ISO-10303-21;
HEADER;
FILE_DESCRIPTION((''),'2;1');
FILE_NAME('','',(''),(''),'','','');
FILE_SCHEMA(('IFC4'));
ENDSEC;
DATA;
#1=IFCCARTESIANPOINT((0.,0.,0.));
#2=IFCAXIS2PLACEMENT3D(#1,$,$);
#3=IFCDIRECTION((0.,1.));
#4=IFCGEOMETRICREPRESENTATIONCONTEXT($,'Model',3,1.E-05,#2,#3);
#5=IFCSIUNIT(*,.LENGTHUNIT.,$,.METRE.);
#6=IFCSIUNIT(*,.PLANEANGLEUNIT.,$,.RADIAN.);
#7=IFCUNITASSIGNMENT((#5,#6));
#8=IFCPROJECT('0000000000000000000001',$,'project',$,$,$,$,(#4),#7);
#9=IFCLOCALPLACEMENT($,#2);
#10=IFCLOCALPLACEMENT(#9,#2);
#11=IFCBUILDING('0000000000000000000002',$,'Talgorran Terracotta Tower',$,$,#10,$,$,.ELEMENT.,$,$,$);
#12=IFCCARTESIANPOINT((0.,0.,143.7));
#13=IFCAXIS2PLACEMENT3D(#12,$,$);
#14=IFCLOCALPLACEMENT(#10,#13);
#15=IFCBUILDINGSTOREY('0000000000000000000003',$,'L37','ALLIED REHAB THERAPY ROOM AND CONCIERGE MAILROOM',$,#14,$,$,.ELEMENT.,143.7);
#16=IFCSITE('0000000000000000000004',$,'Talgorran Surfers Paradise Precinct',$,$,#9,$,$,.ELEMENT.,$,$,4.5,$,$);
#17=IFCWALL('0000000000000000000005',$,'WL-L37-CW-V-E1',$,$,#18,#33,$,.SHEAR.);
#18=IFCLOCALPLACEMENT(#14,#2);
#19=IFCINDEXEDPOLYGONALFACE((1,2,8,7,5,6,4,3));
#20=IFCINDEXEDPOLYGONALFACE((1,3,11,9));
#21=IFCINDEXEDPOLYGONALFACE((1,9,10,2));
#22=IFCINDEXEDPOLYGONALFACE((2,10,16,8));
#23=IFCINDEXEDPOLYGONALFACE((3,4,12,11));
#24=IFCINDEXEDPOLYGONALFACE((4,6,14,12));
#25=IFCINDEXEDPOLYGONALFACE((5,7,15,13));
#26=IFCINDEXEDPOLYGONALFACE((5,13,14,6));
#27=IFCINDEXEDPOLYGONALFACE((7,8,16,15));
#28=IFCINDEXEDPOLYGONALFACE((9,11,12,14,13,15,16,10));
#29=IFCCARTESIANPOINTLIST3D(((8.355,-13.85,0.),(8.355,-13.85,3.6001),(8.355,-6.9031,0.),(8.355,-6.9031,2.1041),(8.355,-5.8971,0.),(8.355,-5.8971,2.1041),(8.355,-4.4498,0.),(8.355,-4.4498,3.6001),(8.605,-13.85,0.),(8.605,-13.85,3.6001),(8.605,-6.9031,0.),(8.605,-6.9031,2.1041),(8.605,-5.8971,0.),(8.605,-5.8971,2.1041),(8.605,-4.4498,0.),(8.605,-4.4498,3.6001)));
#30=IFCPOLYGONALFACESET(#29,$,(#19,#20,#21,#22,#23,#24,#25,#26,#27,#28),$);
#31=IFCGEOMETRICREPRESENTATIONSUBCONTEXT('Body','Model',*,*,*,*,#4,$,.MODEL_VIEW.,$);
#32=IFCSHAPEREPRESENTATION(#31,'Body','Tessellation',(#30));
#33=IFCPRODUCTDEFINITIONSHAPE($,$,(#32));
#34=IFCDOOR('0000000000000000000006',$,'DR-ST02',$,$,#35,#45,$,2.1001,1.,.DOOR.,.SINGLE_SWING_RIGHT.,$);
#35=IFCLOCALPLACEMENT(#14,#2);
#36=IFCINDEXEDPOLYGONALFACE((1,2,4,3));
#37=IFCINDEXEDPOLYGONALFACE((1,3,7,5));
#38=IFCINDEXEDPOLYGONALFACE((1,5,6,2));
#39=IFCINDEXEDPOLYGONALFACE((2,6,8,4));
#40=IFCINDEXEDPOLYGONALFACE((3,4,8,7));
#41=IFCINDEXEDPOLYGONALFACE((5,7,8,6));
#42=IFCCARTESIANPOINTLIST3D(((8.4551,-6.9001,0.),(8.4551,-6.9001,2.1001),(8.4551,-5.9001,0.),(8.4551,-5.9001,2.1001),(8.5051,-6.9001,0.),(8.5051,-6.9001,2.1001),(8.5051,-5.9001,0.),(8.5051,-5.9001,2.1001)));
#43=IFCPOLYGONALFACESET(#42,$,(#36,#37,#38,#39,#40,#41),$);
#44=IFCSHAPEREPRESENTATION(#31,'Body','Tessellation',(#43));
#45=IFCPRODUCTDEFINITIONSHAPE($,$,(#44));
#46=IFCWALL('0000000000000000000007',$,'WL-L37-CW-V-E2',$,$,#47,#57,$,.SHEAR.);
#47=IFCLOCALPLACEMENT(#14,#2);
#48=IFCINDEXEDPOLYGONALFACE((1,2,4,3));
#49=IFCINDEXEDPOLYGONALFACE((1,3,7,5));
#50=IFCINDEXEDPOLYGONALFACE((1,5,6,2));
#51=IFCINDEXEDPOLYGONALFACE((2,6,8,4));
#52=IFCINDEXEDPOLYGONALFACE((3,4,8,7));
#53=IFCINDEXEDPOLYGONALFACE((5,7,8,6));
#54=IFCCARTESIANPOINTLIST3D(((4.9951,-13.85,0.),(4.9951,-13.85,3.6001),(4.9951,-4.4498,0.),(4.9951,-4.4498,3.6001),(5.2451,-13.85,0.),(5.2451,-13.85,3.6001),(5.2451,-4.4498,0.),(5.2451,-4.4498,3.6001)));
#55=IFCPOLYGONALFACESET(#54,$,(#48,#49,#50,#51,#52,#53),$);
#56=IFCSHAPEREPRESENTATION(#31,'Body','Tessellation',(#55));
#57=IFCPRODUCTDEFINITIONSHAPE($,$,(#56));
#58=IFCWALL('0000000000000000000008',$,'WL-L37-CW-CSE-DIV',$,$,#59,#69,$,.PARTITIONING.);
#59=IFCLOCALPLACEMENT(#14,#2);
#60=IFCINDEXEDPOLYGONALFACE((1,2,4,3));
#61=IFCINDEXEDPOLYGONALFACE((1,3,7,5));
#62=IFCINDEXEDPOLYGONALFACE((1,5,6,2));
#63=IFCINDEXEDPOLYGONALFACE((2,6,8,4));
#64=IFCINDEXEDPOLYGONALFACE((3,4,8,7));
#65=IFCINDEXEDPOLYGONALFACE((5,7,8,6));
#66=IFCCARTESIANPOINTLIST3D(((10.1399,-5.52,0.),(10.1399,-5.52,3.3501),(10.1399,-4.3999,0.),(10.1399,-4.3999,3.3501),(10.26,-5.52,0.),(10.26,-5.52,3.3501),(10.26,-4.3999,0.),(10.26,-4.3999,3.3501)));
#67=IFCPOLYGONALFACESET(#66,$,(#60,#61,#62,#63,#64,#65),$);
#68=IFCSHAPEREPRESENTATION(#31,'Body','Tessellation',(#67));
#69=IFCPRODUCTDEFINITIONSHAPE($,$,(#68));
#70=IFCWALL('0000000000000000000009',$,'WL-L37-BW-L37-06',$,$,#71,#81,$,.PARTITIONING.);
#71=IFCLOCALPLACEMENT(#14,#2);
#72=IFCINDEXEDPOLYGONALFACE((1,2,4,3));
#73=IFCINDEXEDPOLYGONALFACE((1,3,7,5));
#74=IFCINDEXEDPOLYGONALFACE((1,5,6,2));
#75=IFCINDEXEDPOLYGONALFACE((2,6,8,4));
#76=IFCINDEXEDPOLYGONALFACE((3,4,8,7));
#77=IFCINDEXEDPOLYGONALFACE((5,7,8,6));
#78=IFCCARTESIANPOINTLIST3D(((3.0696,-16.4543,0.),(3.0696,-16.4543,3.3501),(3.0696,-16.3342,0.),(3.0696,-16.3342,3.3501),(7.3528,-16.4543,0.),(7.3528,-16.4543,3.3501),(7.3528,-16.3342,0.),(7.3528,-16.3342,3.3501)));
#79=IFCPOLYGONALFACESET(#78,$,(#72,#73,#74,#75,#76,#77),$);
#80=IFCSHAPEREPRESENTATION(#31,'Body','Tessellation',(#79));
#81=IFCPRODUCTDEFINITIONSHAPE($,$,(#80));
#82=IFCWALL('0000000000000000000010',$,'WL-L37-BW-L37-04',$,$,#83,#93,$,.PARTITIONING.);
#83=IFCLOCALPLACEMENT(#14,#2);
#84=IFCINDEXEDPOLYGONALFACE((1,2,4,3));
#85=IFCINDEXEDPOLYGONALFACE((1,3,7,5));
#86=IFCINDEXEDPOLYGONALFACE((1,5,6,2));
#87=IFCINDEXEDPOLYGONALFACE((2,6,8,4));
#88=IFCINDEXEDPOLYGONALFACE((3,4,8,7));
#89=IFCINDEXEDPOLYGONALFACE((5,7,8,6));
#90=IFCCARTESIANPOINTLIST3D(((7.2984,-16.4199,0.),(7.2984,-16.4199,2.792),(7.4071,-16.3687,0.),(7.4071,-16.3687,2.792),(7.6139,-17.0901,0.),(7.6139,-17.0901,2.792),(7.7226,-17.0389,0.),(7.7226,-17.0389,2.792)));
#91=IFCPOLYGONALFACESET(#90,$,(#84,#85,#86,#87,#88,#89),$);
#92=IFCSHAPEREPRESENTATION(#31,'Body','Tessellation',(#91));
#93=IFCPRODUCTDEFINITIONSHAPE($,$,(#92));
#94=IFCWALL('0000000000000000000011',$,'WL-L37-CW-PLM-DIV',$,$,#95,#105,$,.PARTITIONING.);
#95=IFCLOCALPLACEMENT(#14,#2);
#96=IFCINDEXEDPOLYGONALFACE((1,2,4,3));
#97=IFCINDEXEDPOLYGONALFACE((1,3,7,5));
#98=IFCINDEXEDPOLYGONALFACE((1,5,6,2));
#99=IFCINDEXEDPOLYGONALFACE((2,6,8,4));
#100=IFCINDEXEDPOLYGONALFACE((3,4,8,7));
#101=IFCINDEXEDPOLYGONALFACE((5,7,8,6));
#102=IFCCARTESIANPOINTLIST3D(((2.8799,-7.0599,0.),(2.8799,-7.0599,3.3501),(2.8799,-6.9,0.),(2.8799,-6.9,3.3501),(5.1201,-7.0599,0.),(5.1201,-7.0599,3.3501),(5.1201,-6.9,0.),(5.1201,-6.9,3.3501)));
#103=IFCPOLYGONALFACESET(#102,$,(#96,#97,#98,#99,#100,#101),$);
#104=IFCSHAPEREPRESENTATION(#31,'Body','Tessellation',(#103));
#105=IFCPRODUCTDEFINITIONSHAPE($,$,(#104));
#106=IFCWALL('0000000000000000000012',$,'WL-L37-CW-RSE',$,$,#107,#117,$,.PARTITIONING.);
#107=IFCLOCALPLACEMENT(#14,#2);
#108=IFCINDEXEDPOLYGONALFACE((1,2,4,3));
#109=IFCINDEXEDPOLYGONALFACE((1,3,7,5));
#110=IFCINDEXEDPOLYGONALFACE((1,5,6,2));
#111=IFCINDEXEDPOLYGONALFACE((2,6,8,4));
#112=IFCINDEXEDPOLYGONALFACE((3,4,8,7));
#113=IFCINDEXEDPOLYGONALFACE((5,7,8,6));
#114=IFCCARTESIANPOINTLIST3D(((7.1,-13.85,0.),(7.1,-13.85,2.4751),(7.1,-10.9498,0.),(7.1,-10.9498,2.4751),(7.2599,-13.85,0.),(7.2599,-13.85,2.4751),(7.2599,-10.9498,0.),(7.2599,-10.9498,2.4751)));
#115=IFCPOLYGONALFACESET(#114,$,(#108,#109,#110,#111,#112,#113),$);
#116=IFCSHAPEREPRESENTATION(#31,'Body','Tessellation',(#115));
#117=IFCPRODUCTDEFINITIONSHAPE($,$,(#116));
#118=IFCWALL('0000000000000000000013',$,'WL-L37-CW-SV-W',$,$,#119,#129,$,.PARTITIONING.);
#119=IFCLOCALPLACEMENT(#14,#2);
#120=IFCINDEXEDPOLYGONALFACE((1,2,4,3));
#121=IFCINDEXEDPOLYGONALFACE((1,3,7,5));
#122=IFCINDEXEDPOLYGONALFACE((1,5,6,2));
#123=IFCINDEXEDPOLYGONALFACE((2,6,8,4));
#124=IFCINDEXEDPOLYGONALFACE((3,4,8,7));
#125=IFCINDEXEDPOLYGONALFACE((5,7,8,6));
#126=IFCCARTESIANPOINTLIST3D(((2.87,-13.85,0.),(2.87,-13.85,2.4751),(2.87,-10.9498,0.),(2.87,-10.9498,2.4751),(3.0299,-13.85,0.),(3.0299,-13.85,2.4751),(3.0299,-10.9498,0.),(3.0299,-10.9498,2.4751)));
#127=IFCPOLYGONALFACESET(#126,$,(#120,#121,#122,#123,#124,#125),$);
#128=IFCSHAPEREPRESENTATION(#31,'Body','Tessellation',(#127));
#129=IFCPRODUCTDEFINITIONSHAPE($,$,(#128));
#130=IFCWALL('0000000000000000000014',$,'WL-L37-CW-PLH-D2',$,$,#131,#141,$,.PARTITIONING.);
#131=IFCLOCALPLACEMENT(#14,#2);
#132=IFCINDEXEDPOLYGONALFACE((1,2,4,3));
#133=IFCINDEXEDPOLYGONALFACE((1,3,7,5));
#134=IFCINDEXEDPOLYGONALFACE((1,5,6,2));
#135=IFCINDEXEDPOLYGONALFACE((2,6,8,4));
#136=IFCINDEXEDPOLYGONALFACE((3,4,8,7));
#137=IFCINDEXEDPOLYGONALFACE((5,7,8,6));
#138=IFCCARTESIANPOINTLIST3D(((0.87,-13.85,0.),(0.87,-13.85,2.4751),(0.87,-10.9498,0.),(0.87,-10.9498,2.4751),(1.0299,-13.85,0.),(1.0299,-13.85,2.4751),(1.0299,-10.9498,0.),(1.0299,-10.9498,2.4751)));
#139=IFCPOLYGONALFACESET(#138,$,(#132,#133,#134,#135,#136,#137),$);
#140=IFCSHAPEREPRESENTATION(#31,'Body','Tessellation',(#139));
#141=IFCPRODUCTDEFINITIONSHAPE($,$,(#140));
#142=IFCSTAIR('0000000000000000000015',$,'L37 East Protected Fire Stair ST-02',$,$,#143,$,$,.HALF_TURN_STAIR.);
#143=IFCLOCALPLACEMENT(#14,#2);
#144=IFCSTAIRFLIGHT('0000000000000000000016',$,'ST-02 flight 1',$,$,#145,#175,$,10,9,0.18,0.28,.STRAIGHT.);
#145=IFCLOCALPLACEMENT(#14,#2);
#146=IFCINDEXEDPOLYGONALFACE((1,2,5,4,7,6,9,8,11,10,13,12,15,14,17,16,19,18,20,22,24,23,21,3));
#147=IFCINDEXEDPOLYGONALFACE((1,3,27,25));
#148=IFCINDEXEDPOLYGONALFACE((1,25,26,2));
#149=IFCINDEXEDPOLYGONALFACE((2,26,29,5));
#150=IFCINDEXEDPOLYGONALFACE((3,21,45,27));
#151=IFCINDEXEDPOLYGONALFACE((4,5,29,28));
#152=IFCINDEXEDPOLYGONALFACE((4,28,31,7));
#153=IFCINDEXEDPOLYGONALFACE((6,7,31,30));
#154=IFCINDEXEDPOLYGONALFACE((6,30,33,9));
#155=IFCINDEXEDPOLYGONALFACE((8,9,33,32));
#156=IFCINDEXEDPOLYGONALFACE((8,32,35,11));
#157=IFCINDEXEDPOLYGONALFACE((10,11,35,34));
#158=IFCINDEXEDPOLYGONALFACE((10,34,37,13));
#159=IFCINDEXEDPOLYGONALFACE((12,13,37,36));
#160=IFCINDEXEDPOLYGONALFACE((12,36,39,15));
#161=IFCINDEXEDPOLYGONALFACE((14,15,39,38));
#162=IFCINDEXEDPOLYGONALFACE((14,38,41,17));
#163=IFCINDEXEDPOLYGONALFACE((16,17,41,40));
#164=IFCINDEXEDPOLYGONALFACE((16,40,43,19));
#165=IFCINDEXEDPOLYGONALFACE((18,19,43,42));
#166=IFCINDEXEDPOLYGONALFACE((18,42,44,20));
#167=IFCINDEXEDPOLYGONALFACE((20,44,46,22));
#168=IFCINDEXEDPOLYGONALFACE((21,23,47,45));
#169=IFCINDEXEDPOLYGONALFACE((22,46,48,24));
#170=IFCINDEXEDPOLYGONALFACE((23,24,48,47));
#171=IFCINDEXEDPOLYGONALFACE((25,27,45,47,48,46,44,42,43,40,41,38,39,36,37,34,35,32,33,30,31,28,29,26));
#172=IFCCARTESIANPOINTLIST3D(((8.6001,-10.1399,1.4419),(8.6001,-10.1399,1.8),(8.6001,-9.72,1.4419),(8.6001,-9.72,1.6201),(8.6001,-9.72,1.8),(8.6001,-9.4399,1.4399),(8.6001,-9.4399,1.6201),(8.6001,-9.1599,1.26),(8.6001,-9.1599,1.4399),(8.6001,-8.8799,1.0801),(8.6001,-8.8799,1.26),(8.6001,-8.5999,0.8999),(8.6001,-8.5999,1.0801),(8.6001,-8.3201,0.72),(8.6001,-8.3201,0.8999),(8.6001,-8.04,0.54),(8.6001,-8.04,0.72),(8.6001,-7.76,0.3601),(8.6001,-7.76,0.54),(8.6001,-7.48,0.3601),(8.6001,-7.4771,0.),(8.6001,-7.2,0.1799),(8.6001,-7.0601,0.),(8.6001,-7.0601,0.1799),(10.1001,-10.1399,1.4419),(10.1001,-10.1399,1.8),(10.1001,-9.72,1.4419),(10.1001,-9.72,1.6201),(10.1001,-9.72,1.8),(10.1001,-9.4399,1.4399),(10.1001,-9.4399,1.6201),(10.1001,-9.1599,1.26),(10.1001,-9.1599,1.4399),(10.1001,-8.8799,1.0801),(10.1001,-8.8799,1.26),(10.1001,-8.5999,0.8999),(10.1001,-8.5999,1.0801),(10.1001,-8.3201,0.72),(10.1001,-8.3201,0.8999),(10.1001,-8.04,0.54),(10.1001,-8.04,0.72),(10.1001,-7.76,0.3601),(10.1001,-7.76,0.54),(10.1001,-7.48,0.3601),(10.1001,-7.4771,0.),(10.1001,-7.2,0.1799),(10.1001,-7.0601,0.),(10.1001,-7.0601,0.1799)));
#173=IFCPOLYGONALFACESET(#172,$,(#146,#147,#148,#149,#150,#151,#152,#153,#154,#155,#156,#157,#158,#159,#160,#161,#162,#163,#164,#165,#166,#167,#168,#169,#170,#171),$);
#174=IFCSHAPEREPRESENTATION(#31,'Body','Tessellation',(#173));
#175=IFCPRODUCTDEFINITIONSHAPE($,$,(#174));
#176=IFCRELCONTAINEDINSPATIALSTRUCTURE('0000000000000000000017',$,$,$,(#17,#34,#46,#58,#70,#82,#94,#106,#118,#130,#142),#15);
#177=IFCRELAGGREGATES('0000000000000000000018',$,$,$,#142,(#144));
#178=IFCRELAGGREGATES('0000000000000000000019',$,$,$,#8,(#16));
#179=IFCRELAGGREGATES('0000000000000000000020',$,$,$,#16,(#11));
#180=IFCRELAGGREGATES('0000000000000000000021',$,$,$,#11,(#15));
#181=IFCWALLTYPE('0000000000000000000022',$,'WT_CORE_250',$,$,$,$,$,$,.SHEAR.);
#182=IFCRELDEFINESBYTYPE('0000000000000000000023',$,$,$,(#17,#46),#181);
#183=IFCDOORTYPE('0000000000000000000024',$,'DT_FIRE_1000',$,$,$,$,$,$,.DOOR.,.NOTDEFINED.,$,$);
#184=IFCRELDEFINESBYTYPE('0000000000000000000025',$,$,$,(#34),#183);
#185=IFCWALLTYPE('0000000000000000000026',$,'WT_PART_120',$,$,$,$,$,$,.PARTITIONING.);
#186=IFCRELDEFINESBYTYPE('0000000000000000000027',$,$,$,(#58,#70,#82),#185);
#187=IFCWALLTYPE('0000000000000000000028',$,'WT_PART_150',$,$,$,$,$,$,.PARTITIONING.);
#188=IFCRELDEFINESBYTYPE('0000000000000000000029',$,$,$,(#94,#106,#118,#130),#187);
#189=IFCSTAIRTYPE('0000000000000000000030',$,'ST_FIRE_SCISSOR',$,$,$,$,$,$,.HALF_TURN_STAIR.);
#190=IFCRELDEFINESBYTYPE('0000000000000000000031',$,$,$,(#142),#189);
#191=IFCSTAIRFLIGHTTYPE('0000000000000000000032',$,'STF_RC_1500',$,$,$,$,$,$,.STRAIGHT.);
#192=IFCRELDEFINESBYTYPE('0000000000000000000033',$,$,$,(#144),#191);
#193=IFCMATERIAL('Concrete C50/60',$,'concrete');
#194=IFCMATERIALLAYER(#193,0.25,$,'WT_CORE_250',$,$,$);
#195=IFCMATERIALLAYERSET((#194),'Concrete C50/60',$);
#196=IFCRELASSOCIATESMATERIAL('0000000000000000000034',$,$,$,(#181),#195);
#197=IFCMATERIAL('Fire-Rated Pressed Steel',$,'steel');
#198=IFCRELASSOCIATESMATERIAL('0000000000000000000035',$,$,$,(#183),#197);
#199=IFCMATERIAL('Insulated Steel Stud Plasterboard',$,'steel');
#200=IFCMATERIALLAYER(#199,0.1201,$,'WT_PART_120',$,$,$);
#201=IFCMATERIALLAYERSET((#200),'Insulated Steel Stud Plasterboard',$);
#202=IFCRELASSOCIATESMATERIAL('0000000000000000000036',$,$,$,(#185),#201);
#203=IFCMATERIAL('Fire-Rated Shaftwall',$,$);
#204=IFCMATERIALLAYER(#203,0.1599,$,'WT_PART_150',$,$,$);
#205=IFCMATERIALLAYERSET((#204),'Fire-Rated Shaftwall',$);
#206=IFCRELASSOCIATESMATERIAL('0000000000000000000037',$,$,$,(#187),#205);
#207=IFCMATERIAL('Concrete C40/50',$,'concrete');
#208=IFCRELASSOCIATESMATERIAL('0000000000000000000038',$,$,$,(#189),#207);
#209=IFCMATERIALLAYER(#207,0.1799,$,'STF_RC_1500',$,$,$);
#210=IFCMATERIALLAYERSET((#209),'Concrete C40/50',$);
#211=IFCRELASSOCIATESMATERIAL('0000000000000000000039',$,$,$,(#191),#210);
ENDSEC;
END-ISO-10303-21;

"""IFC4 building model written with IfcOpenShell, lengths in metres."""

from ifc_helpers import new_model, si_unit, direction, frame, frame_2d, origin, place, context, subcontext, project, spatial, polyline, rectangle, outline, extrude, material, layer, layer_set, type_object, element, fill, aggregate, save


model = new_model("IFC4")

# Units and contexts
model_context = context("Model", 3, precision=1e-05, world=origin(), true_north=direction((0.0, 1.0)))
body_context = subcontext(model_context, "Body", "Model", "MODEL_VIEW")
ifc_project = project(units=[si_unit("LENGTHUNIT", "METRE"), si_unit("PLANEANGLEUNIT", "RADIAN")], contexts=[model_context])

# Site, building, storey
site_placement = place(None, origin())
site = spatial("IfcSite", under=ifc_project, at=site_placement, Name="Talgorran Surfers Paradise Precinct", CompositionType="ELEMENT", RefElevation=4.5)
building_placement = place(site_placement, origin())
building = spatial("IfcBuilding", under=site, at=building_placement, Name="Talgorran Terracotta Tower", CompositionType="ELEMENT")
storey_placement = place(building_placement, frame((0.0, 0.0, 143.7)))
storey = spatial("IfcBuildingStorey", under=building, at=storey_placement, Name="L37", Description="ALLIED REHAB THERAPY ROOM AND CONCIERGE MAILROOM", CompositionType="ELEMENT", Elevation=143.7)

# Shared definitions
ifc_material_1 = material(Name="Concrete C50/60", Category="concrete")

# Shared definitions
ifc_material_2 = material(Name="Fire-Rated Pressed Steel", Category="steel")

# Wall, opening, door
ifc_layer_1 = layer(ifc_material_1, 0.25, Name="WT_CORE_250")
ifc_layer_set_1 = layer_set([ifc_layer_1], Name="Concrete C50/60")
wall_type_1 = type_object("IfcWallType", Name="WT_CORE_250", PredefinedType="SHEAR", material=ifc_layer_set_1)
wall_1_placement = place(storey_placement, frame((8.48, -13.8501, 0.0), z_axis=(0.0, 0.0, 1.0), x_axis=(0.0, 1.0, 0.0)))
wall_1 = element("IfcWall", 1, at=wall_1_placement, inside=storey, type_object=wall_type_1, Name="WL-L37-CW-V-E1", PredefinedType="SHEAR", context=body_context, shape_type="SweptSolid", body=[
    extrude(rectangle(XDim=9.4001, YDim=0.25, at=frame_2d((4.7002, 0.0))), origin(), (0.0, 0.0, 1.0), 3.6001),
])
opening_1_placement = place(wall_1_placement, frame((6.95, 0.0, 0.0)))
opening_1 = element("IfcOpeningElement", 2, at=opening_1_placement, cuts=wall_1, PredefinedType="OPENING", context=body_context, shape_type="SweptSolid", body=[
    extrude(rectangle(XDim=1.006, YDim=2.1041, at=frame_2d((0.5, 1.052))), frame((0.0, 0.135, 0.0), z_axis=(0.0, -1.0, 0.0), x_axis=(1.0, 0.0, 0.0)), (0.0, 0.0, 1.0), 0.27),
])
door_type_1 = type_object("IfcDoorType", Name="DT_FIRE_1000", OperationType="NOTDEFINED", PredefinedType="DOOR", material=ifc_material_2)
door_1_placement = place(opening_1_placement, origin())
door_1 = element("IfcDoor", 3, at=door_1_placement, inside=storey, type_object=door_type_1, Name="DR-ST02", OperationType="SINGLE_SWING_RIGHT", OverallHeight=2.1001, OverallWidth=1.0, PredefinedType="DOOR", context=body_context, shape_type="SweptSolid", body=[
    extrude(rectangle(XDim=1.0, YDim=2.1001, at=frame_2d((0.5, 1.05))), frame((0.0, 0.0249, 0.0), z_axis=(0.0, -1.0, 0.0), x_axis=(1.0, 0.0, 0.0)), (0.0, 0.0, 1.0), 0.05),
])
fill(opening_1, door_1)

# Walls
wall_2_placement = place(storey_placement, frame((5.1201, -13.8501, 0.0), z_axis=(0.0, 0.0, 1.0), x_axis=(0.0, 1.0, 0.0)))
element("IfcWall", 4, at=wall_2_placement, inside=storey, type_object=wall_type_1, Name="WL-L37-CW-V-E2", PredefinedType="SHEAR", context=body_context, shape_type="SweptSolid", body=[
    extrude(rectangle(XDim=9.4001, YDim=0.25, at=frame_2d((4.7002, 0.0))), origin(), (0.0, 0.0, 1.0), 3.6001),
])
ifc_material_3 = material(Name="Insulated Steel Stud Plasterboard", Category="steel")
ifc_layer_2 = layer(ifc_material_3, 0.1201, Name="WT_PART_120")
ifc_layer_set_2 = layer_set([ifc_layer_2], Name="Insulated Steel Stud Plasterboard")
wall_type_2 = type_object("IfcWallType", Name="WT_PART_120", PredefinedType="PARTITIONING", material=ifc_layer_set_2)
wall_3_placement = place(storey_placement, frame((10.2, -5.52, 0.0), z_axis=(0.0, 0.0, 1.0), x_axis=(0.0, 1.0, 0.0)))
element("IfcWall", 5, at=wall_3_placement, inside=storey, type_object=wall_type_2, Name="WL-L37-CW-CSE-DIV", PredefinedType="PARTITIONING", context=body_context, shape_type="SweptSolid", body=[
    extrude(rectangle(XDim=1.1201, YDim=0.1201, at=frame_2d((0.5601, 0.0))), origin(), (0.0, 0.0, 1.0), 3.3501),
])
wall_4_placement = place(storey_placement, frame((3.0696, -16.3943, 0.0), z_axis=(0.0, 0.0, 1.0), x_axis=(1.0, 0.0, 0.0)))
element("IfcWall", 6, at=wall_4_placement, inside=storey, type_object=wall_type_2, Name="WL-L37-BW-L37-06", PredefinedType="PARTITIONING", context=body_context, shape_type="SweptSolid", body=[
    extrude(rectangle(XDim=4.2832, YDim=0.1201, at=frame_2d((2.1416, 0.0))), origin(), (0.0, 0.0, 1.0), 3.3501),
])
wall_5_placement = place(storey_placement, frame((7.3528, -16.3943, 0.0), z_axis=(0.0, 0.0, 1.0), x_axis=(0.425861, -0.904789, 0.0)))
element("IfcWall", 7, at=wall_5_placement, inside=storey, type_object=wall_type_2, Name="WL-L37-BW-L37-04", PredefinedType="PARTITIONING", context=body_context, shape_type="SweptSolid", body=[
    extrude(rectangle(XDim=0.7407, YDim=0.1201, at=frame_2d((0.3704, 0.0))), origin(), (0.0, 0.0, 1.0), 2.792),
])
ifc_material_4 = material(Name="Fire-Rated Shaftwall")
ifc_layer_3 = layer(ifc_material_4, 0.1599, Name="WT_PART_150")
ifc_layer_set_3 = layer_set([ifc_layer_3], Name="Fire-Rated Shaftwall")
wall_type_3 = type_object("IfcWallType", Name="WT_PART_150", PredefinedType="PARTITIONING", material=ifc_layer_set_3)
wall_6_placement = place(storey_placement, frame((2.8799, -6.98, 0.0), z_axis=(0.0, 0.0, 1.0), x_axis=(1.0, 0.0, 0.0)))
element("IfcWall", 8, at=wall_6_placement, inside=storey, type_object=wall_type_3, Name="WL-L37-CW-PLM-DIV", PredefinedType="PARTITIONING", context=body_context, shape_type="SweptSolid", body=[
    extrude(rectangle(XDim=2.2402, YDim=0.1599, at=frame_2d((1.1201, 0.0))), origin(), (0.0, 0.0, 1.0), 3.3501),
])
for number, where, z_axis, x_axis, name in (
    (9, (7.1799, -13.8501, 0.0), (0.0, 0.0, 1.0), (0.0, 1.0, 0.0), "WL-L37-CW-RSE"),
    (10, (2.95, -13.8501, 0.0), (0.0, 0.0, 1.0), (0.0, 1.0, 0.0), "WL-L37-CW-SV-W"),
    (11, (0.95, -13.8501, 0.0), (0.0, 0.0, 1.0), (0.0, 1.0, 0.0), "WL-L37-CW-PLH-D2"),
):
    element("IfcWall", number, at=place(storey_placement, frame(where, z_axis=z_axis, x_axis=x_axis)), inside=storey, type_object=wall_type_3, Name=name, PredefinedType="PARTITIONING", context=body_context, shape_type="SweptSolid", body=[
        extrude(rectangle(XDim=2.9001, YDim=0.1599, at=frame_2d((1.4502, 0.0))), origin(), (0.0, 0.0, 1.0), 2.4751),
    ])

# Stair, stair flight
ifc_material_5 = material(Name="Concrete C40/50", Category="concrete")
stair_type = type_object("IfcStairType", Name="ST_FIRE_SCISSOR", PredefinedType="HALF_TURN_STAIR", material=ifc_material_5)
stair_placement = place(storey_placement, origin())
stair = element("IfcStair", 12, at=stair_placement, inside=storey, type_object=stair_type, Name="L37 East Protected Fire Stair ST-02", PredefinedType="HALF_TURN_STAIR")
ifc_layer_4 = layer(ifc_material_5, 0.1799, Name="STF_RC_1500")
ifc_layer_set_4 = layer_set([ifc_layer_4], Name="Concrete C40/50")
stair_flight_type = type_object("IfcStairFlightType", Name="STF_RC_1500", PredefinedType="STRAIGHT", material=ifc_layer_set_4)
stair_flight_placement = place(storey_placement, frame((9.3501, -7.2, 0.0), z_axis=(0.0, 0.0, 1.0), x_axis=(0.0, -1.0, 0.0)))
stair_flight = element("IfcStairFlight", 13, at=stair_flight_placement, type_object=stair_flight_type, Name="ST-02 flight 1", NumberOfRisers=10, NumberOfTreads=9, PredefinedType="STRAIGHT", RiserHeight=0.18, TreadLength=0.28, context=body_context, shape_type="SweptSolid", body=[
    extrude(outline(polyline([(-0.1399, 0.0), (-0.1399, 0.1799), (0.0, 0.1799), (0.28, 0.3601), (0.5601, 0.3601), (0.5601, 0.54), (0.8401, 0.54), (0.8401, 0.72), (1.1201, 0.72), (1.1201, 0.8999), (1.3999, 0.8999), (1.3999, 1.0801), (1.6799, 1.0801), (1.6799, 1.26), (1.96, 1.26), (1.96, 1.4399), (2.24, 1.4399), (2.24, 1.6201), (2.52, 1.6201), (2.52, 1.8), (2.9399, 1.8), (2.9399, 1.4419), (2.52, 1.4419), (0.2771, 0.0), (-0.1399, 0.0)])), frame((0.0, 0.75, 0.0), z_axis=(0.0, -1.0, 0.0), x_axis=(1.0, 0.0, 0.0)), (0.0, 0.0, 1.0), 1.5),
])
aggregate(stair, [stair_flight])

save(model, "model.ifc")
